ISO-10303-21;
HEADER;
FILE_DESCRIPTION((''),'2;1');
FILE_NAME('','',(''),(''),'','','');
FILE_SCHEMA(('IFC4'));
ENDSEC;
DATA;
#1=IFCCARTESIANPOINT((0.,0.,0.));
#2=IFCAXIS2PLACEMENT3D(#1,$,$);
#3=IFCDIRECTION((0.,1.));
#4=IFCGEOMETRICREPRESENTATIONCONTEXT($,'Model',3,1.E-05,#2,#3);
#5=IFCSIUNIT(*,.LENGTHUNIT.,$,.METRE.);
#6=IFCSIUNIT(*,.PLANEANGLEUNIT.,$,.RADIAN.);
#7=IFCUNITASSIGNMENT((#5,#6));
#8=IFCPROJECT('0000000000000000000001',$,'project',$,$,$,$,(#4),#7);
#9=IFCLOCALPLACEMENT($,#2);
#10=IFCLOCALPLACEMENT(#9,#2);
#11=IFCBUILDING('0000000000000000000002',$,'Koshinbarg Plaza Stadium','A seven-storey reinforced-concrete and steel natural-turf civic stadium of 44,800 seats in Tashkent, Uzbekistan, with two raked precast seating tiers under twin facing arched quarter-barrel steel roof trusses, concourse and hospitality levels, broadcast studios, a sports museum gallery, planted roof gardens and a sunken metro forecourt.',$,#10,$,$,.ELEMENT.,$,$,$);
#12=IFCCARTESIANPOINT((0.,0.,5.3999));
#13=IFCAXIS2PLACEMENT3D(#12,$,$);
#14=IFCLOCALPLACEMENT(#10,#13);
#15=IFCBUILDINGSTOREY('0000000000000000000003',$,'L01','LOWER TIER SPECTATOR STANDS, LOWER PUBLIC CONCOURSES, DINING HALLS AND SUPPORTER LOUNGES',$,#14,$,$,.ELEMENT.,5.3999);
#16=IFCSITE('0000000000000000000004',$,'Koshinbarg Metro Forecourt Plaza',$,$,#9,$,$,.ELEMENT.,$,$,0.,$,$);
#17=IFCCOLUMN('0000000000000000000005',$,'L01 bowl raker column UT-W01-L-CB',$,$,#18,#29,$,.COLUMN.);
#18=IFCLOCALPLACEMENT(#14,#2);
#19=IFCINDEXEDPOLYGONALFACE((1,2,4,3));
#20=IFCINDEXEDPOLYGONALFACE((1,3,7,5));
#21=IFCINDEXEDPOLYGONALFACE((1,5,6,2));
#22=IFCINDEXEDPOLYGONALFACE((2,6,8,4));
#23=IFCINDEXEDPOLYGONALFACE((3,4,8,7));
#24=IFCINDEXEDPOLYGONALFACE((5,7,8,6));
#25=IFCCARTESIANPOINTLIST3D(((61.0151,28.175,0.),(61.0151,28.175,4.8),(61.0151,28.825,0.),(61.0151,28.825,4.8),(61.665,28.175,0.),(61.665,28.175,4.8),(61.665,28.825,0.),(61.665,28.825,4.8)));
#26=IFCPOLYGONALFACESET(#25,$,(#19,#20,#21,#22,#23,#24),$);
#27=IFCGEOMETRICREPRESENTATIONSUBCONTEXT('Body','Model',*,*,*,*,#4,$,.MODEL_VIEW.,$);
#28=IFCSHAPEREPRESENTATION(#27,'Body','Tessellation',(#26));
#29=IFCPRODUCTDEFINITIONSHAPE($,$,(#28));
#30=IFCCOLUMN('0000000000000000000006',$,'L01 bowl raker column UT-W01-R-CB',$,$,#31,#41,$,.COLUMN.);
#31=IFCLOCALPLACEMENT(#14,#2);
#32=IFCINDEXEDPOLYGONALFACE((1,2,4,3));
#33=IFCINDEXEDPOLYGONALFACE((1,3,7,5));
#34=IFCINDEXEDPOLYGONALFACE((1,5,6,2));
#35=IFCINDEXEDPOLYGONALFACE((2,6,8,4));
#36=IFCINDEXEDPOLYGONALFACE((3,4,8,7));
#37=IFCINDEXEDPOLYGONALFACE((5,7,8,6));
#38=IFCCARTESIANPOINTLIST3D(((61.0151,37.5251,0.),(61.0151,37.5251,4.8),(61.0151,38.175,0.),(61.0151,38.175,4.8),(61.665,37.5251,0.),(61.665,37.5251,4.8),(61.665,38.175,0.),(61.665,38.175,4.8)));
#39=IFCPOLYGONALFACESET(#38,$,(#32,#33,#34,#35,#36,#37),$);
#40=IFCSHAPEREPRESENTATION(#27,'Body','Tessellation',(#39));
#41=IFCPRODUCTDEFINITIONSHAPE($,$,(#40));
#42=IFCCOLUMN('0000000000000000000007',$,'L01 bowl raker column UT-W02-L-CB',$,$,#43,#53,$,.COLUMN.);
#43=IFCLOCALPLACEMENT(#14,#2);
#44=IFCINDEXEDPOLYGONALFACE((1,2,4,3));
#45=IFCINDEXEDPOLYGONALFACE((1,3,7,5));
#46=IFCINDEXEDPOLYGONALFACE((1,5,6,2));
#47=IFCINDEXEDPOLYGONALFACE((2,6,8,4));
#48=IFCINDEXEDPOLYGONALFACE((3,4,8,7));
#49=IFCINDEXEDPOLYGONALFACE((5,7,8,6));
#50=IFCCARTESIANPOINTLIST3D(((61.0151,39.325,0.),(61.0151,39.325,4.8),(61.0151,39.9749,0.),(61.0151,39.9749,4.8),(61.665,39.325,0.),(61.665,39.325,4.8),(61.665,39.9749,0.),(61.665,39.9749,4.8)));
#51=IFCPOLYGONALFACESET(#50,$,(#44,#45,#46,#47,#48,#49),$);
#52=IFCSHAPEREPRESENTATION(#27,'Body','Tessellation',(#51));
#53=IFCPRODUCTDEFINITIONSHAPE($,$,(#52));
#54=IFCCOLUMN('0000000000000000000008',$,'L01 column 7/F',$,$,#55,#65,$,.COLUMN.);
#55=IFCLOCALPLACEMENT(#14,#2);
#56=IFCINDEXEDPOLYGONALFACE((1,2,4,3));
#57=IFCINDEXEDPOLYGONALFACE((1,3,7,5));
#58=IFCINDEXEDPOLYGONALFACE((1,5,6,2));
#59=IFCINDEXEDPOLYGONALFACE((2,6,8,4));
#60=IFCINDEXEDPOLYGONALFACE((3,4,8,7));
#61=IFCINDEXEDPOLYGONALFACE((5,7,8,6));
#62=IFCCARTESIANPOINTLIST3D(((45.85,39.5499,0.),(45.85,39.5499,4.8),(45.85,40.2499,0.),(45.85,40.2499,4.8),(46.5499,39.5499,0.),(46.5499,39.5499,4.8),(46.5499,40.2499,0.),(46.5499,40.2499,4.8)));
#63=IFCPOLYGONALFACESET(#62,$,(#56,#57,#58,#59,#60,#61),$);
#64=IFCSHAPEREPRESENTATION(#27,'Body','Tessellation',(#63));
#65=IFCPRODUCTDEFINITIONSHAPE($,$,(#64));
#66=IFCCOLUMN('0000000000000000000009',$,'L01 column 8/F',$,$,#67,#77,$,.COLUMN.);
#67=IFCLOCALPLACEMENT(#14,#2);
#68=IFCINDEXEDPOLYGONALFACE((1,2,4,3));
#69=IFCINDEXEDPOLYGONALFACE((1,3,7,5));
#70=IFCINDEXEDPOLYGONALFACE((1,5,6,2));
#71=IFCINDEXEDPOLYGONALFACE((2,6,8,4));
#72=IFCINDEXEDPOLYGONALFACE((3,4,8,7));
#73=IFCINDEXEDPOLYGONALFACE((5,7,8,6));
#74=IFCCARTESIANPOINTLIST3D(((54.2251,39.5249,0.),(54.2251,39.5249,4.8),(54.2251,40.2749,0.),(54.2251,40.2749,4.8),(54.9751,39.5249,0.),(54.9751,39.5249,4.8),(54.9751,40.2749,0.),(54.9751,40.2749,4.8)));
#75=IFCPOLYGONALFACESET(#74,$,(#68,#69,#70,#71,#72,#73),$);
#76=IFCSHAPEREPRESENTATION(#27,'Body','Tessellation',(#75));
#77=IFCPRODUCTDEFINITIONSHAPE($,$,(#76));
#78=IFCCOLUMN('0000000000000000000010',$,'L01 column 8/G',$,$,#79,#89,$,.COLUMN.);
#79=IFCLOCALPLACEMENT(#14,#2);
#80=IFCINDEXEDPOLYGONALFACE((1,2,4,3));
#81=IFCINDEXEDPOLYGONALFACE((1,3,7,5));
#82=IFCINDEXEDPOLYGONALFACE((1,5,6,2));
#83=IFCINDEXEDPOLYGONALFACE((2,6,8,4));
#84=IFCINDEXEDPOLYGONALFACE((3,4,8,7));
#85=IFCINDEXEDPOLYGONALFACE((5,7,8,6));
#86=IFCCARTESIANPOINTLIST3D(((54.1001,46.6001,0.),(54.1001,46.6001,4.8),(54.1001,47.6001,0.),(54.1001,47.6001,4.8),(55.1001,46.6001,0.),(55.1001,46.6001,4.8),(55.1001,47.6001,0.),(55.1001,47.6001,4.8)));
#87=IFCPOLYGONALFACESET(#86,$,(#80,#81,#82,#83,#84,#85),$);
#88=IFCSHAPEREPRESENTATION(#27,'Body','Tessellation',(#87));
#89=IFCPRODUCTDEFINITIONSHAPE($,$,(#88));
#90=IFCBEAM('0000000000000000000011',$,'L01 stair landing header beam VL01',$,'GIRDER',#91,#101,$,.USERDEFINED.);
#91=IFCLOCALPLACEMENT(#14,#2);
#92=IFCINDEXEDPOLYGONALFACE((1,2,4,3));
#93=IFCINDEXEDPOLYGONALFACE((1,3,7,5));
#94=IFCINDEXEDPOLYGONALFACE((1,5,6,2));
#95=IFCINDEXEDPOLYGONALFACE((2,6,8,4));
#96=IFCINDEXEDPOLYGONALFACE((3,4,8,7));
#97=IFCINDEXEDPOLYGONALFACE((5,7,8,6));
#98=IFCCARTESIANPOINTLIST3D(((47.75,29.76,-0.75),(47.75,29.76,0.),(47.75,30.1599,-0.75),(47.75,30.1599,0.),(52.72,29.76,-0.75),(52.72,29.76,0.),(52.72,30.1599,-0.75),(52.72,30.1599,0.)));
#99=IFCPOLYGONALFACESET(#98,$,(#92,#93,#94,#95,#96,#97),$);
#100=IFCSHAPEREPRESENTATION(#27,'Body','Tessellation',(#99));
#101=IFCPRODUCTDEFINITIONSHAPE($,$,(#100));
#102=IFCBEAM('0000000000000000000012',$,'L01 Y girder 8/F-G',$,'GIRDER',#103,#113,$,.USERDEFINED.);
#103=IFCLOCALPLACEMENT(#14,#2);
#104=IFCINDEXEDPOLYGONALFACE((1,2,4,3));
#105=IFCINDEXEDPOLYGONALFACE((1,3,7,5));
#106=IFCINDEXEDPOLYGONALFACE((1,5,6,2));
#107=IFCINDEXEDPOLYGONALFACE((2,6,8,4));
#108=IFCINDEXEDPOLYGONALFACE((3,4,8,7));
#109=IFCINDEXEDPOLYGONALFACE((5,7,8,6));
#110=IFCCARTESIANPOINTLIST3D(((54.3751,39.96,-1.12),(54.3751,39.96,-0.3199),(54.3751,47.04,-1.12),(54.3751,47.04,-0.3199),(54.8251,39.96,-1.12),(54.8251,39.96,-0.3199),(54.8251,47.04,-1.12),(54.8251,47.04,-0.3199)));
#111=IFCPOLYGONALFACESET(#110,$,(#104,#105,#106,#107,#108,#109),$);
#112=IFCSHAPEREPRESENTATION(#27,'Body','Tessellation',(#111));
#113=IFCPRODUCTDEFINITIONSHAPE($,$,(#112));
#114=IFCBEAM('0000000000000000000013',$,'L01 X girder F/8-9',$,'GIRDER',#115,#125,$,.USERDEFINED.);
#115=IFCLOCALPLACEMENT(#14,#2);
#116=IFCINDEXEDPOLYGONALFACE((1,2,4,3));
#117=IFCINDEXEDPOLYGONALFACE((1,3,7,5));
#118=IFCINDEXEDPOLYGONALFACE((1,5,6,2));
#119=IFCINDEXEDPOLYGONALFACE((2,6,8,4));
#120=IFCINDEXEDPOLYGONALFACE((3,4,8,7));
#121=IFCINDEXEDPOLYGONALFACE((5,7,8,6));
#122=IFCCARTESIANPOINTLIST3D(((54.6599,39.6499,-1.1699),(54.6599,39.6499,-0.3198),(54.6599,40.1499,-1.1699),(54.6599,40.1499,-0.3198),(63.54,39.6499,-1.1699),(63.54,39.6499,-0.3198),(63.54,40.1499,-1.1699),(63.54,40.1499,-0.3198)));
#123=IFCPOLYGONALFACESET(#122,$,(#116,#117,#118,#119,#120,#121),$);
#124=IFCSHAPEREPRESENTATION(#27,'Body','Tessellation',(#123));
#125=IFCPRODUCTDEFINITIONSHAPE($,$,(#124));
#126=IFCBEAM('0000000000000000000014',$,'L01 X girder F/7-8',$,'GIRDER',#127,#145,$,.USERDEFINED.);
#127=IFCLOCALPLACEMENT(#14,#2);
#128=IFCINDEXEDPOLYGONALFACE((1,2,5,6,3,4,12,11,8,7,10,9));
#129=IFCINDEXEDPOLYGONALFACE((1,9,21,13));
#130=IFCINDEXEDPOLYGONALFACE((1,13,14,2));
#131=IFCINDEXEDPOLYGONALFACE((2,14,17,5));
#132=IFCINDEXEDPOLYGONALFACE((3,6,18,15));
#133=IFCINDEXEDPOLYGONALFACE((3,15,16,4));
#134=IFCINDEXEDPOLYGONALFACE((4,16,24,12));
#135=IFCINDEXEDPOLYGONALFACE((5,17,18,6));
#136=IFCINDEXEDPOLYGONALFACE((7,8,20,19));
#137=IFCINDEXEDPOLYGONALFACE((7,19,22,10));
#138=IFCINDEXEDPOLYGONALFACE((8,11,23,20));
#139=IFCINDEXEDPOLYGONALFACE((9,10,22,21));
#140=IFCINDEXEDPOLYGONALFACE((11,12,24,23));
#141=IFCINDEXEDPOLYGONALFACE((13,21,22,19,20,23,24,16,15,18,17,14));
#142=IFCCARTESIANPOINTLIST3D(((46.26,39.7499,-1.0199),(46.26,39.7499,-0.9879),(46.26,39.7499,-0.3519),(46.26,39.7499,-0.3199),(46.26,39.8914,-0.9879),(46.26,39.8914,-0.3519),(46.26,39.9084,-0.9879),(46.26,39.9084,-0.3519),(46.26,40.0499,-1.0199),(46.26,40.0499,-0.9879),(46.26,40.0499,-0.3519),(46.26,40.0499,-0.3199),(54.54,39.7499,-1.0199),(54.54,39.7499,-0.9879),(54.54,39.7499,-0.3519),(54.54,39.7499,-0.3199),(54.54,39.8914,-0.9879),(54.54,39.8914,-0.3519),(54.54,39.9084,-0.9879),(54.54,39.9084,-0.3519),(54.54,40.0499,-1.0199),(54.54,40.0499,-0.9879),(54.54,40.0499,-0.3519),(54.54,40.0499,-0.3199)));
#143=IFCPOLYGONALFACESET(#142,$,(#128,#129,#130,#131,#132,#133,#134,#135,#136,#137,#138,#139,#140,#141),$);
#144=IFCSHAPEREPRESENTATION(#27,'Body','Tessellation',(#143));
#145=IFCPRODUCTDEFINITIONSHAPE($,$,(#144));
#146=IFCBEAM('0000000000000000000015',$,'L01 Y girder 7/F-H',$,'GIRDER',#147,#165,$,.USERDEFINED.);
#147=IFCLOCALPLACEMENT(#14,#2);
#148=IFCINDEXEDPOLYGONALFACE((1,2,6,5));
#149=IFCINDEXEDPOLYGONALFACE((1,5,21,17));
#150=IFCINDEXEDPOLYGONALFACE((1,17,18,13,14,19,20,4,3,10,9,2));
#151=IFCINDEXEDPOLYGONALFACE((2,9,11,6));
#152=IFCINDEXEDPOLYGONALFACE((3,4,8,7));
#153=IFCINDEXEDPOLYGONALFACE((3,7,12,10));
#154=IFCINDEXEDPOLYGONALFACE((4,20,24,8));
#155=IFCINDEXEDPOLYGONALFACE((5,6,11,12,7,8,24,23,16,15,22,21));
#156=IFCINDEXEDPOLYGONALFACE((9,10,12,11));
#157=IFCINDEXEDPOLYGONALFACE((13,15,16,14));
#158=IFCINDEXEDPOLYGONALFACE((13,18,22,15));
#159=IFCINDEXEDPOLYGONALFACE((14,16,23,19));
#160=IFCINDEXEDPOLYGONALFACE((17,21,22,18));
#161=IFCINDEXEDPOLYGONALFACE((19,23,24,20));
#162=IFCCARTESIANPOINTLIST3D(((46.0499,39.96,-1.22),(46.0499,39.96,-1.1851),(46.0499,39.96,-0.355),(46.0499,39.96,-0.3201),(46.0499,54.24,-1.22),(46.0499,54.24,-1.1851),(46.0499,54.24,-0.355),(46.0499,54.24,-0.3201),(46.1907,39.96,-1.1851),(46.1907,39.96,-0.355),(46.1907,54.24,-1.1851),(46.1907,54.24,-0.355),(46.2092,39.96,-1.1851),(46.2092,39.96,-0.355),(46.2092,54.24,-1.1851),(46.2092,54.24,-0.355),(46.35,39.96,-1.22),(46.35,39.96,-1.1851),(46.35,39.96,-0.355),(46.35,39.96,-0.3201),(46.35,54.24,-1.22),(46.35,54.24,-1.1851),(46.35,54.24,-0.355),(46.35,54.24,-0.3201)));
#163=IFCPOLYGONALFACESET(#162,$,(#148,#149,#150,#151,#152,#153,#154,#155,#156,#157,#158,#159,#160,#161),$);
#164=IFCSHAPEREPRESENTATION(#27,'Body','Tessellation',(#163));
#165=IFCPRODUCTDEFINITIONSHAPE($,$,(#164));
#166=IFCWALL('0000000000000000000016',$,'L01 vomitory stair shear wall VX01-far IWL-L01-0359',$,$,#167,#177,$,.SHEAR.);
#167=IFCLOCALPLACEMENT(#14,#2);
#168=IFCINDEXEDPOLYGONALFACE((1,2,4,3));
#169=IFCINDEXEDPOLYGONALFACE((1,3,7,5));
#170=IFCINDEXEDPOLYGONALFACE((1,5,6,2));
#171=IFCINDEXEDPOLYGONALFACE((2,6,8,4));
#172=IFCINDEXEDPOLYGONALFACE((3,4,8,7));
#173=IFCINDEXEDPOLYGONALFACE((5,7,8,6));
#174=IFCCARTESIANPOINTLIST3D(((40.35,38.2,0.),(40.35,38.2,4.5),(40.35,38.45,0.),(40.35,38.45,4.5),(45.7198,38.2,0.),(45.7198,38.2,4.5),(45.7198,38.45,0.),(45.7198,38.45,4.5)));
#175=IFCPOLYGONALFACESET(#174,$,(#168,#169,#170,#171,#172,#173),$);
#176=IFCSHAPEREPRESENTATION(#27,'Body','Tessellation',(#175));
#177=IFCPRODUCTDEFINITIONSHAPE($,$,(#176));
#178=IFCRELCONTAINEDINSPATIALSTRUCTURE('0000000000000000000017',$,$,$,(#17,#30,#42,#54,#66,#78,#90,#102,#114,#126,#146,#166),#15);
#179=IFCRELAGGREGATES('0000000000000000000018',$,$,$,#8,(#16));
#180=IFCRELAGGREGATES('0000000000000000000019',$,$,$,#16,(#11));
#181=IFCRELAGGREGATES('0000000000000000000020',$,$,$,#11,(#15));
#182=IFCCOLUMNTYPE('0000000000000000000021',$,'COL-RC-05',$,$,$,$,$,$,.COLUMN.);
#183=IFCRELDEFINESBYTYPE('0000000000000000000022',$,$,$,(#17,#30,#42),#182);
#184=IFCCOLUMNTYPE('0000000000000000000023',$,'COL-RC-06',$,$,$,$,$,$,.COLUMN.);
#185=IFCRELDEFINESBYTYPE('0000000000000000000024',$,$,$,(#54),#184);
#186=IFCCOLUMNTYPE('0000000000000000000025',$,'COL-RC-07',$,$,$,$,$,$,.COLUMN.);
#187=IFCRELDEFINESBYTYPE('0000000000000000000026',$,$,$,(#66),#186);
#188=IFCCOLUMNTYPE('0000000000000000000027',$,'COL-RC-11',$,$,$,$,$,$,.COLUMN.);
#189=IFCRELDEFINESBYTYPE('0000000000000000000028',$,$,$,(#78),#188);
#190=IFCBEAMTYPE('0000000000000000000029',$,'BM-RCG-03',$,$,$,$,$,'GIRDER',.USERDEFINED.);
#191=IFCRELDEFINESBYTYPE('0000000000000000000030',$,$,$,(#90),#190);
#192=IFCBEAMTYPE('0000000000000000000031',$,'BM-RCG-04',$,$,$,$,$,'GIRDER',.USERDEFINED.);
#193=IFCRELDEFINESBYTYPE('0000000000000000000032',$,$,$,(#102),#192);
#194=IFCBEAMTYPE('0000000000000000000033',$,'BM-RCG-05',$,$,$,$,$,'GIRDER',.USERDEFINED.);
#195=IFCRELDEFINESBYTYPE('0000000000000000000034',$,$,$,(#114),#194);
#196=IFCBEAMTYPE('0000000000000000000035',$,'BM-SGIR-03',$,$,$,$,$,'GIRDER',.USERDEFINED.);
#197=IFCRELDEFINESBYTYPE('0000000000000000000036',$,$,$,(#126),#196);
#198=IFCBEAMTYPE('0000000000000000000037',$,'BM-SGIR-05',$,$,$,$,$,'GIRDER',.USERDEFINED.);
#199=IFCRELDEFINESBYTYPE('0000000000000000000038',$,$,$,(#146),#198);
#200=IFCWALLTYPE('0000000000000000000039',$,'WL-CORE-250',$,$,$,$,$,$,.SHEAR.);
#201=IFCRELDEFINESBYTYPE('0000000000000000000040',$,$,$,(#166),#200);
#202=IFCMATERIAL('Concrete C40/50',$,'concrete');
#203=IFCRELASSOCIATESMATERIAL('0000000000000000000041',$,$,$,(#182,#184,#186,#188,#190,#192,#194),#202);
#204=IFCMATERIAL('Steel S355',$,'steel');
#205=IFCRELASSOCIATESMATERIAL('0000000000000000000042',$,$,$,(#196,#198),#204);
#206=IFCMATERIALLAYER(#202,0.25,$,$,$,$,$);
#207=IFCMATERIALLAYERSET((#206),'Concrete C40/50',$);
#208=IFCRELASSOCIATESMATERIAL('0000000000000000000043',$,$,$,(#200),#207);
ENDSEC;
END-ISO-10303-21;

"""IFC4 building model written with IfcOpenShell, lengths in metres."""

from ifc_helpers import new_model, si_unit, direction, frame, frame_2d, origin, origin_2d, place, context, subcontext, project, spatial, rectangle, i_section, extrude, material, layer, layer_set, material_profile, profile_set, type_object, element, save


model = new_model("IFC4")

# Units and contexts
model_context = context("Model", 3, precision=1e-05, world=origin(), true_north=direction((0.0, 1.0)))
body_context = subcontext(model_context, "Body", "Model", "MODEL_VIEW")
ifc_project = project(units=[si_unit("LENGTHUNIT", "METRE"), si_unit("PLANEANGLEUNIT", "RADIAN")], contexts=[model_context])

# Site, building, storey
site_placement = place(None, origin())
site = spatial("IfcSite", under=ifc_project, at=site_placement, Name="Koshinbarg Metro Forecourt Plaza", CompositionType="ELEMENT", RefElevation=0.0)
building_placement = place(site_placement, origin())
building = spatial("IfcBuilding", under=site, at=building_placement, Name="Koshinbarg Plaza Stadium", Description="A seven-storey reinforced-concrete and steel natural-turf civic stadium of 44,800 seats in Tashkent, Uzbekistan, with two raked precast seating tiers under twin facing arched quarter-barrel steel roof trusses, concourse and hospitality levels, broadcast studios, a sports museum gallery, planted roof gardens and a sunken metro forecourt.", CompositionType="ELEMENT")
storey_placement = place(building_placement, frame((0.0, 0.0, 5.3999)))
storey = spatial("IfcBuildingStorey", under=building, at=storey_placement, Name="L01", Description="LOWER TIER SPECTATOR STANDS, LOWER PUBLIC CONCOURSES, DINING HALLS AND SUPPORTER LOUNGES", CompositionType="ELEMENT", Elevation=5.3999)

# Columns
ifc_material_1 = material(Name="Concrete C40/50", Category="concrete")
ifc_material_profile_1 = material_profile(ifc_material_1, rectangle(XDim=0.6499, YDim=0.6499, at=origin_2d()), Name="RC 650x650")
ifc_profile_set_1 = profile_set([ifc_material_profile_1], Name="Concrete C40/50")
column_type_1 = type_object("IfcColumnType", Name="COL-RC-05", PredefinedType="COLUMN", material=ifc_profile_set_1)
for number, where, z_axis, x_axis, name in (
    (1, (61.3401, 28.5, 0.0), (0.0, 0.0, 1.0), (1.0, 0.0, 0.0), "L01 bowl raker column UT-W01-L-CB"),
    (2, (61.3401, 37.8501, 0.0), (0.0, 0.0, 1.0), (1.0, 0.0, 0.0), "L01 bowl raker column UT-W01-R-CB"),
    (3, (61.3401, 39.6499, 0.0), (0.0, 0.0, 1.0), (1.0, 0.0, 0.0), "L01 bowl raker column UT-W02-L-CB"),
):
    element("IfcColumn", number, at=place(storey_placement, frame(where, z_axis=z_axis, x_axis=x_axis)), inside=storey, type_object=column_type_1, Name=name, PredefinedType="COLUMN", context=body_context, shape_type="SweptSolid", body=[
        extrude(rectangle(XDim=0.6499, YDim=0.6499, at=origin_2d()), origin(), (0.0, 0.0, 1.0), 4.8),
    ])
ifc_material_profile_2 = material_profile(ifc_material_1, rectangle(XDim=0.7, YDim=0.7, at=origin_2d()), Name="RC 700x700")
ifc_profile_set_2 = profile_set([ifc_material_profile_2], Name="Concrete C40/50")
column_type_2 = type_object("IfcColumnType", Name="COL-RC-06", PredefinedType="COLUMN", material=ifc_profile_set_2)
column_1_placement = place(storey_placement, frame((46.2, 39.8999, 0.0), z_axis=(0.0, 0.0, 1.0), x_axis=(1.0, 0.0, 0.0)))
element("IfcColumn", 4, at=column_1_placement, inside=storey, type_object=column_type_2, Name="L01 column 7/F", PredefinedType="COLUMN", context=body_context, shape_type="SweptSolid", body=[
    extrude(rectangle(XDim=0.7, YDim=0.7, at=origin_2d()), origin(), (0.0, 0.0, 1.0), 4.8),
])
ifc_material_profile_3 = material_profile(ifc_material_1, rectangle(XDim=0.75, YDim=0.75, at=origin_2d()), Name="RC 750x750")
ifc_profile_set_3 = profile_set([ifc_material_profile_3], Name="Concrete C40/50")
column_type_3 = type_object("IfcColumnType", Name="COL-RC-07", PredefinedType="COLUMN", material=ifc_profile_set_3)
column_2_placement = place(storey_placement, frame((54.6001, 39.8999, 0.0), z_axis=(0.0, 0.0, 1.0), x_axis=(1.0, 0.0, 0.0)))
element("IfcColumn", 5, at=column_2_placement, inside=storey, type_object=column_type_3, Name="L01 column 8/F", PredefinedType="COLUMN", context=body_context, shape_type="SweptSolid", body=[
    extrude(rectangle(XDim=0.75, YDim=0.75, at=origin_2d()), origin(), (0.0, 0.0, 1.0), 4.8),
])
ifc_material_profile_4 = material_profile(ifc_material_1, rectangle(XDim=1.0, YDim=1.0, at=origin_2d()), Name="RC 1000x1000")
ifc_profile_set_4 = profile_set([ifc_material_profile_4], Name="Concrete C40/50")
column_type_4 = type_object("IfcColumnType", Name="COL-RC-11", PredefinedType="COLUMN", material=ifc_profile_set_4)
column_3_placement = place(storey_placement, frame((54.6001, 47.1001, 0.0), z_axis=(0.0, 0.0, 1.0), x_axis=(1.0, 0.0, 0.0)))
element("IfcColumn", 6, at=column_3_placement, inside=storey, type_object=column_type_4, Name="L01 column 8/G", PredefinedType="COLUMN", context=body_context, shape_type="SweptSolid", body=[
    extrude(rectangle(XDim=1.0, YDim=1.0, at=origin_2d()), origin(), (0.0, 0.0, 1.0), 4.8),
])

# Beams
ifc_material_profile_5 = material_profile(ifc_material_1, rectangle(XDim=0.3999, YDim=0.75, at=origin_2d()), Name="RC 400x750")
ifc_profile_set_5 = profile_set([ifc_material_profile_5], Name="Concrete C40/50")
beam_type_1 = type_object("IfcBeamType", Name="BM-RCG-03", ElementType="GIRDER", PredefinedType="USERDEFINED", material=ifc_profile_set_5)
beam_1_placement = place(storey_placement, frame((47.75, 29.96, -0.375), z_axis=(1.0, 0.0, 0.0), x_axis=(0.0, 1.0, 0.0)))
element("IfcBeam", 7, at=beam_1_placement, inside=storey, type_object=beam_type_1, Name="L01 stair landing header beam VL01", ObjectType="GIRDER", PredefinedType="USERDEFINED", context=body_context, shape_type="SweptSolid", body=[
    extrude(rectangle(XDim=0.3999, YDim=0.75, at=origin_2d()), origin(), (0.0, 0.0, 1.0), 4.97),
])
ifc_material_profile_6 = material_profile(ifc_material_1, rectangle(XDim=0.45, YDim=0.8, at=origin_2d()), Name="RC 450x800")
ifc_profile_set_6 = profile_set([ifc_material_profile_6], Name="Concrete C40/50")
beam_type_2 = type_object("IfcBeamType", Name="BM-RCG-04", ElementType="GIRDER", PredefinedType="USERDEFINED", material=ifc_profile_set_6)
beam_2_placement = place(storey_placement, frame((54.6001, 39.96, -0.72), z_axis=(0.0, 1.0, 0.0), x_axis=(-1.0, 0.0, 0.0)))
element("IfcBeam", 8, at=beam_2_placement, inside=storey, type_object=beam_type_2, Name="L01 Y girder 8/F-G", ObjectType="GIRDER", PredefinedType="USERDEFINED", context=body_context, shape_type="SweptSolid", body=[
    extrude(rectangle(XDim=0.45, YDim=0.8, at=origin_2d()), origin(), (0.0, 0.0, 1.0), 7.0801),
])
ifc_material_profile_7 = material_profile(ifc_material_1, rectangle(XDim=0.5, YDim=0.8501, at=origin_2d()), Name="RC 500x850")
ifc_profile_set_7 = profile_set([ifc_material_profile_7], Name="Concrete C40/50")
beam_type_3 = type_object("IfcBeamType", Name="BM-RCG-05", ElementType="GIRDER", PredefinedType="USERDEFINED", material=ifc_profile_set_7)
beam_3_placement = place(storey_placement, frame((54.6599, 39.8999, -0.7449), z_axis=(1.0, 0.0, 0.0), x_axis=(0.0, 1.0, 0.0)))
element("IfcBeam", 9, at=beam_3_placement, inside=storey, type_object=beam_type_3, Name="L01 X girder F/8-9", ObjectType="GIRDER", PredefinedType="USERDEFINED", context=body_context, shape_type="SweptSolid", body=[
    extrude(rectangle(XDim=0.5, YDim=0.8501, at=origin_2d()), origin(), (0.0, 0.0, 1.0), 8.8801),
])
ifc_material_2 = material(Name="Steel S355", Category="steel")
ifc_material_profile_8 = material_profile(ifc_material_2, i_section(OverallWidth=0.3, OverallDepth=0.7, WebThickness=0.0171, FlangeThickness=0.032, at=origin_2d()), Name="HEB 700")
ifc_profile_set_8 = profile_set([ifc_material_profile_8], Name="Steel S355")
beam_type_4 = type_object("IfcBeamType", Name="BM-SGIR-03", ElementType="GIRDER", PredefinedType="USERDEFINED", material=ifc_profile_set_8)
beam_4_placement = place(storey_placement, frame((46.26, 39.8999, -0.6699), z_axis=(1.0, 0.0, 0.0), x_axis=(0.0, 1.0, 0.0)))
element("IfcBeam", 10, at=beam_4_placement, inside=storey, type_object=beam_type_4, Name="L01 X girder F/7-8", ObjectType="GIRDER", PredefinedType="USERDEFINED", context=body_context, shape_type="SweptSolid", body=[
    extrude(i_section(OverallWidth=0.3, OverallDepth=0.7, WebThickness=0.0171, FlangeThickness=0.032, at=origin_2d()), origin(), (0.0, 0.0, 1.0), 8.28),
])
ifc_material_profile_9 = material_profile(ifc_material_2, i_section(OverallWidth=0.3, OverallDepth=0.8999, WebThickness=0.0186, FlangeThickness=0.0349, at=origin_2d()), Name="HEB 900")
ifc_profile_set_9 = profile_set([ifc_material_profile_9], Name="Steel S355")
beam_type_5 = type_object("IfcBeamType", Name="BM-SGIR-05", ElementType="GIRDER", PredefinedType="USERDEFINED", material=ifc_profile_set_9)
beam_5_placement = place(storey_placement, frame((46.2, 39.96, -0.77), z_axis=(0.0, 1.0, 0.0), x_axis=(-1.0, 0.0, 0.0)))
element("IfcBeam", 11, at=beam_5_placement, inside=storey, type_object=beam_type_5, Name="L01 Y girder 7/F-H", ObjectType="GIRDER", PredefinedType="USERDEFINED", context=body_context, shape_type="SweptSolid", body=[
    extrude(i_section(OverallWidth=0.3, OverallDepth=0.8999, WebThickness=0.0186, FlangeThickness=0.0349, at=origin_2d()), origin(), (0.0, 0.0, 1.0), 14.28),
])

# Wall
ifc_layer_1 = layer(ifc_material_1, 0.25)
ifc_layer_set_1 = layer_set([ifc_layer_1], Name="Concrete C40/50")
wall_type_1 = type_object("IfcWallType", Name="WL-CORE-250", PredefinedType="SHEAR", material=ifc_layer_set_1)
wall_1_placement = place(storey_placement, frame((45.72, 38.325, 0.0), z_axis=(0.0, 0.0, 1.0), x_axis=(-1.0, 0.0, 0.0)))
element("IfcWall", 12, at=wall_1_placement, inside=storey, type_object=wall_type_1, Name="L01 vomitory stair shear wall VX01-far IWL-L01-0359", PredefinedType="SHEAR", context=body_context, shape_type="SweptSolid", body=[
    extrude(rectangle(XDim=5.3699, YDim=0.25, at=frame_2d((2.6851, 0.0))), origin(), (0.0, 0.0, 1.0), 4.5),
])

save(model, "model.ifc")
